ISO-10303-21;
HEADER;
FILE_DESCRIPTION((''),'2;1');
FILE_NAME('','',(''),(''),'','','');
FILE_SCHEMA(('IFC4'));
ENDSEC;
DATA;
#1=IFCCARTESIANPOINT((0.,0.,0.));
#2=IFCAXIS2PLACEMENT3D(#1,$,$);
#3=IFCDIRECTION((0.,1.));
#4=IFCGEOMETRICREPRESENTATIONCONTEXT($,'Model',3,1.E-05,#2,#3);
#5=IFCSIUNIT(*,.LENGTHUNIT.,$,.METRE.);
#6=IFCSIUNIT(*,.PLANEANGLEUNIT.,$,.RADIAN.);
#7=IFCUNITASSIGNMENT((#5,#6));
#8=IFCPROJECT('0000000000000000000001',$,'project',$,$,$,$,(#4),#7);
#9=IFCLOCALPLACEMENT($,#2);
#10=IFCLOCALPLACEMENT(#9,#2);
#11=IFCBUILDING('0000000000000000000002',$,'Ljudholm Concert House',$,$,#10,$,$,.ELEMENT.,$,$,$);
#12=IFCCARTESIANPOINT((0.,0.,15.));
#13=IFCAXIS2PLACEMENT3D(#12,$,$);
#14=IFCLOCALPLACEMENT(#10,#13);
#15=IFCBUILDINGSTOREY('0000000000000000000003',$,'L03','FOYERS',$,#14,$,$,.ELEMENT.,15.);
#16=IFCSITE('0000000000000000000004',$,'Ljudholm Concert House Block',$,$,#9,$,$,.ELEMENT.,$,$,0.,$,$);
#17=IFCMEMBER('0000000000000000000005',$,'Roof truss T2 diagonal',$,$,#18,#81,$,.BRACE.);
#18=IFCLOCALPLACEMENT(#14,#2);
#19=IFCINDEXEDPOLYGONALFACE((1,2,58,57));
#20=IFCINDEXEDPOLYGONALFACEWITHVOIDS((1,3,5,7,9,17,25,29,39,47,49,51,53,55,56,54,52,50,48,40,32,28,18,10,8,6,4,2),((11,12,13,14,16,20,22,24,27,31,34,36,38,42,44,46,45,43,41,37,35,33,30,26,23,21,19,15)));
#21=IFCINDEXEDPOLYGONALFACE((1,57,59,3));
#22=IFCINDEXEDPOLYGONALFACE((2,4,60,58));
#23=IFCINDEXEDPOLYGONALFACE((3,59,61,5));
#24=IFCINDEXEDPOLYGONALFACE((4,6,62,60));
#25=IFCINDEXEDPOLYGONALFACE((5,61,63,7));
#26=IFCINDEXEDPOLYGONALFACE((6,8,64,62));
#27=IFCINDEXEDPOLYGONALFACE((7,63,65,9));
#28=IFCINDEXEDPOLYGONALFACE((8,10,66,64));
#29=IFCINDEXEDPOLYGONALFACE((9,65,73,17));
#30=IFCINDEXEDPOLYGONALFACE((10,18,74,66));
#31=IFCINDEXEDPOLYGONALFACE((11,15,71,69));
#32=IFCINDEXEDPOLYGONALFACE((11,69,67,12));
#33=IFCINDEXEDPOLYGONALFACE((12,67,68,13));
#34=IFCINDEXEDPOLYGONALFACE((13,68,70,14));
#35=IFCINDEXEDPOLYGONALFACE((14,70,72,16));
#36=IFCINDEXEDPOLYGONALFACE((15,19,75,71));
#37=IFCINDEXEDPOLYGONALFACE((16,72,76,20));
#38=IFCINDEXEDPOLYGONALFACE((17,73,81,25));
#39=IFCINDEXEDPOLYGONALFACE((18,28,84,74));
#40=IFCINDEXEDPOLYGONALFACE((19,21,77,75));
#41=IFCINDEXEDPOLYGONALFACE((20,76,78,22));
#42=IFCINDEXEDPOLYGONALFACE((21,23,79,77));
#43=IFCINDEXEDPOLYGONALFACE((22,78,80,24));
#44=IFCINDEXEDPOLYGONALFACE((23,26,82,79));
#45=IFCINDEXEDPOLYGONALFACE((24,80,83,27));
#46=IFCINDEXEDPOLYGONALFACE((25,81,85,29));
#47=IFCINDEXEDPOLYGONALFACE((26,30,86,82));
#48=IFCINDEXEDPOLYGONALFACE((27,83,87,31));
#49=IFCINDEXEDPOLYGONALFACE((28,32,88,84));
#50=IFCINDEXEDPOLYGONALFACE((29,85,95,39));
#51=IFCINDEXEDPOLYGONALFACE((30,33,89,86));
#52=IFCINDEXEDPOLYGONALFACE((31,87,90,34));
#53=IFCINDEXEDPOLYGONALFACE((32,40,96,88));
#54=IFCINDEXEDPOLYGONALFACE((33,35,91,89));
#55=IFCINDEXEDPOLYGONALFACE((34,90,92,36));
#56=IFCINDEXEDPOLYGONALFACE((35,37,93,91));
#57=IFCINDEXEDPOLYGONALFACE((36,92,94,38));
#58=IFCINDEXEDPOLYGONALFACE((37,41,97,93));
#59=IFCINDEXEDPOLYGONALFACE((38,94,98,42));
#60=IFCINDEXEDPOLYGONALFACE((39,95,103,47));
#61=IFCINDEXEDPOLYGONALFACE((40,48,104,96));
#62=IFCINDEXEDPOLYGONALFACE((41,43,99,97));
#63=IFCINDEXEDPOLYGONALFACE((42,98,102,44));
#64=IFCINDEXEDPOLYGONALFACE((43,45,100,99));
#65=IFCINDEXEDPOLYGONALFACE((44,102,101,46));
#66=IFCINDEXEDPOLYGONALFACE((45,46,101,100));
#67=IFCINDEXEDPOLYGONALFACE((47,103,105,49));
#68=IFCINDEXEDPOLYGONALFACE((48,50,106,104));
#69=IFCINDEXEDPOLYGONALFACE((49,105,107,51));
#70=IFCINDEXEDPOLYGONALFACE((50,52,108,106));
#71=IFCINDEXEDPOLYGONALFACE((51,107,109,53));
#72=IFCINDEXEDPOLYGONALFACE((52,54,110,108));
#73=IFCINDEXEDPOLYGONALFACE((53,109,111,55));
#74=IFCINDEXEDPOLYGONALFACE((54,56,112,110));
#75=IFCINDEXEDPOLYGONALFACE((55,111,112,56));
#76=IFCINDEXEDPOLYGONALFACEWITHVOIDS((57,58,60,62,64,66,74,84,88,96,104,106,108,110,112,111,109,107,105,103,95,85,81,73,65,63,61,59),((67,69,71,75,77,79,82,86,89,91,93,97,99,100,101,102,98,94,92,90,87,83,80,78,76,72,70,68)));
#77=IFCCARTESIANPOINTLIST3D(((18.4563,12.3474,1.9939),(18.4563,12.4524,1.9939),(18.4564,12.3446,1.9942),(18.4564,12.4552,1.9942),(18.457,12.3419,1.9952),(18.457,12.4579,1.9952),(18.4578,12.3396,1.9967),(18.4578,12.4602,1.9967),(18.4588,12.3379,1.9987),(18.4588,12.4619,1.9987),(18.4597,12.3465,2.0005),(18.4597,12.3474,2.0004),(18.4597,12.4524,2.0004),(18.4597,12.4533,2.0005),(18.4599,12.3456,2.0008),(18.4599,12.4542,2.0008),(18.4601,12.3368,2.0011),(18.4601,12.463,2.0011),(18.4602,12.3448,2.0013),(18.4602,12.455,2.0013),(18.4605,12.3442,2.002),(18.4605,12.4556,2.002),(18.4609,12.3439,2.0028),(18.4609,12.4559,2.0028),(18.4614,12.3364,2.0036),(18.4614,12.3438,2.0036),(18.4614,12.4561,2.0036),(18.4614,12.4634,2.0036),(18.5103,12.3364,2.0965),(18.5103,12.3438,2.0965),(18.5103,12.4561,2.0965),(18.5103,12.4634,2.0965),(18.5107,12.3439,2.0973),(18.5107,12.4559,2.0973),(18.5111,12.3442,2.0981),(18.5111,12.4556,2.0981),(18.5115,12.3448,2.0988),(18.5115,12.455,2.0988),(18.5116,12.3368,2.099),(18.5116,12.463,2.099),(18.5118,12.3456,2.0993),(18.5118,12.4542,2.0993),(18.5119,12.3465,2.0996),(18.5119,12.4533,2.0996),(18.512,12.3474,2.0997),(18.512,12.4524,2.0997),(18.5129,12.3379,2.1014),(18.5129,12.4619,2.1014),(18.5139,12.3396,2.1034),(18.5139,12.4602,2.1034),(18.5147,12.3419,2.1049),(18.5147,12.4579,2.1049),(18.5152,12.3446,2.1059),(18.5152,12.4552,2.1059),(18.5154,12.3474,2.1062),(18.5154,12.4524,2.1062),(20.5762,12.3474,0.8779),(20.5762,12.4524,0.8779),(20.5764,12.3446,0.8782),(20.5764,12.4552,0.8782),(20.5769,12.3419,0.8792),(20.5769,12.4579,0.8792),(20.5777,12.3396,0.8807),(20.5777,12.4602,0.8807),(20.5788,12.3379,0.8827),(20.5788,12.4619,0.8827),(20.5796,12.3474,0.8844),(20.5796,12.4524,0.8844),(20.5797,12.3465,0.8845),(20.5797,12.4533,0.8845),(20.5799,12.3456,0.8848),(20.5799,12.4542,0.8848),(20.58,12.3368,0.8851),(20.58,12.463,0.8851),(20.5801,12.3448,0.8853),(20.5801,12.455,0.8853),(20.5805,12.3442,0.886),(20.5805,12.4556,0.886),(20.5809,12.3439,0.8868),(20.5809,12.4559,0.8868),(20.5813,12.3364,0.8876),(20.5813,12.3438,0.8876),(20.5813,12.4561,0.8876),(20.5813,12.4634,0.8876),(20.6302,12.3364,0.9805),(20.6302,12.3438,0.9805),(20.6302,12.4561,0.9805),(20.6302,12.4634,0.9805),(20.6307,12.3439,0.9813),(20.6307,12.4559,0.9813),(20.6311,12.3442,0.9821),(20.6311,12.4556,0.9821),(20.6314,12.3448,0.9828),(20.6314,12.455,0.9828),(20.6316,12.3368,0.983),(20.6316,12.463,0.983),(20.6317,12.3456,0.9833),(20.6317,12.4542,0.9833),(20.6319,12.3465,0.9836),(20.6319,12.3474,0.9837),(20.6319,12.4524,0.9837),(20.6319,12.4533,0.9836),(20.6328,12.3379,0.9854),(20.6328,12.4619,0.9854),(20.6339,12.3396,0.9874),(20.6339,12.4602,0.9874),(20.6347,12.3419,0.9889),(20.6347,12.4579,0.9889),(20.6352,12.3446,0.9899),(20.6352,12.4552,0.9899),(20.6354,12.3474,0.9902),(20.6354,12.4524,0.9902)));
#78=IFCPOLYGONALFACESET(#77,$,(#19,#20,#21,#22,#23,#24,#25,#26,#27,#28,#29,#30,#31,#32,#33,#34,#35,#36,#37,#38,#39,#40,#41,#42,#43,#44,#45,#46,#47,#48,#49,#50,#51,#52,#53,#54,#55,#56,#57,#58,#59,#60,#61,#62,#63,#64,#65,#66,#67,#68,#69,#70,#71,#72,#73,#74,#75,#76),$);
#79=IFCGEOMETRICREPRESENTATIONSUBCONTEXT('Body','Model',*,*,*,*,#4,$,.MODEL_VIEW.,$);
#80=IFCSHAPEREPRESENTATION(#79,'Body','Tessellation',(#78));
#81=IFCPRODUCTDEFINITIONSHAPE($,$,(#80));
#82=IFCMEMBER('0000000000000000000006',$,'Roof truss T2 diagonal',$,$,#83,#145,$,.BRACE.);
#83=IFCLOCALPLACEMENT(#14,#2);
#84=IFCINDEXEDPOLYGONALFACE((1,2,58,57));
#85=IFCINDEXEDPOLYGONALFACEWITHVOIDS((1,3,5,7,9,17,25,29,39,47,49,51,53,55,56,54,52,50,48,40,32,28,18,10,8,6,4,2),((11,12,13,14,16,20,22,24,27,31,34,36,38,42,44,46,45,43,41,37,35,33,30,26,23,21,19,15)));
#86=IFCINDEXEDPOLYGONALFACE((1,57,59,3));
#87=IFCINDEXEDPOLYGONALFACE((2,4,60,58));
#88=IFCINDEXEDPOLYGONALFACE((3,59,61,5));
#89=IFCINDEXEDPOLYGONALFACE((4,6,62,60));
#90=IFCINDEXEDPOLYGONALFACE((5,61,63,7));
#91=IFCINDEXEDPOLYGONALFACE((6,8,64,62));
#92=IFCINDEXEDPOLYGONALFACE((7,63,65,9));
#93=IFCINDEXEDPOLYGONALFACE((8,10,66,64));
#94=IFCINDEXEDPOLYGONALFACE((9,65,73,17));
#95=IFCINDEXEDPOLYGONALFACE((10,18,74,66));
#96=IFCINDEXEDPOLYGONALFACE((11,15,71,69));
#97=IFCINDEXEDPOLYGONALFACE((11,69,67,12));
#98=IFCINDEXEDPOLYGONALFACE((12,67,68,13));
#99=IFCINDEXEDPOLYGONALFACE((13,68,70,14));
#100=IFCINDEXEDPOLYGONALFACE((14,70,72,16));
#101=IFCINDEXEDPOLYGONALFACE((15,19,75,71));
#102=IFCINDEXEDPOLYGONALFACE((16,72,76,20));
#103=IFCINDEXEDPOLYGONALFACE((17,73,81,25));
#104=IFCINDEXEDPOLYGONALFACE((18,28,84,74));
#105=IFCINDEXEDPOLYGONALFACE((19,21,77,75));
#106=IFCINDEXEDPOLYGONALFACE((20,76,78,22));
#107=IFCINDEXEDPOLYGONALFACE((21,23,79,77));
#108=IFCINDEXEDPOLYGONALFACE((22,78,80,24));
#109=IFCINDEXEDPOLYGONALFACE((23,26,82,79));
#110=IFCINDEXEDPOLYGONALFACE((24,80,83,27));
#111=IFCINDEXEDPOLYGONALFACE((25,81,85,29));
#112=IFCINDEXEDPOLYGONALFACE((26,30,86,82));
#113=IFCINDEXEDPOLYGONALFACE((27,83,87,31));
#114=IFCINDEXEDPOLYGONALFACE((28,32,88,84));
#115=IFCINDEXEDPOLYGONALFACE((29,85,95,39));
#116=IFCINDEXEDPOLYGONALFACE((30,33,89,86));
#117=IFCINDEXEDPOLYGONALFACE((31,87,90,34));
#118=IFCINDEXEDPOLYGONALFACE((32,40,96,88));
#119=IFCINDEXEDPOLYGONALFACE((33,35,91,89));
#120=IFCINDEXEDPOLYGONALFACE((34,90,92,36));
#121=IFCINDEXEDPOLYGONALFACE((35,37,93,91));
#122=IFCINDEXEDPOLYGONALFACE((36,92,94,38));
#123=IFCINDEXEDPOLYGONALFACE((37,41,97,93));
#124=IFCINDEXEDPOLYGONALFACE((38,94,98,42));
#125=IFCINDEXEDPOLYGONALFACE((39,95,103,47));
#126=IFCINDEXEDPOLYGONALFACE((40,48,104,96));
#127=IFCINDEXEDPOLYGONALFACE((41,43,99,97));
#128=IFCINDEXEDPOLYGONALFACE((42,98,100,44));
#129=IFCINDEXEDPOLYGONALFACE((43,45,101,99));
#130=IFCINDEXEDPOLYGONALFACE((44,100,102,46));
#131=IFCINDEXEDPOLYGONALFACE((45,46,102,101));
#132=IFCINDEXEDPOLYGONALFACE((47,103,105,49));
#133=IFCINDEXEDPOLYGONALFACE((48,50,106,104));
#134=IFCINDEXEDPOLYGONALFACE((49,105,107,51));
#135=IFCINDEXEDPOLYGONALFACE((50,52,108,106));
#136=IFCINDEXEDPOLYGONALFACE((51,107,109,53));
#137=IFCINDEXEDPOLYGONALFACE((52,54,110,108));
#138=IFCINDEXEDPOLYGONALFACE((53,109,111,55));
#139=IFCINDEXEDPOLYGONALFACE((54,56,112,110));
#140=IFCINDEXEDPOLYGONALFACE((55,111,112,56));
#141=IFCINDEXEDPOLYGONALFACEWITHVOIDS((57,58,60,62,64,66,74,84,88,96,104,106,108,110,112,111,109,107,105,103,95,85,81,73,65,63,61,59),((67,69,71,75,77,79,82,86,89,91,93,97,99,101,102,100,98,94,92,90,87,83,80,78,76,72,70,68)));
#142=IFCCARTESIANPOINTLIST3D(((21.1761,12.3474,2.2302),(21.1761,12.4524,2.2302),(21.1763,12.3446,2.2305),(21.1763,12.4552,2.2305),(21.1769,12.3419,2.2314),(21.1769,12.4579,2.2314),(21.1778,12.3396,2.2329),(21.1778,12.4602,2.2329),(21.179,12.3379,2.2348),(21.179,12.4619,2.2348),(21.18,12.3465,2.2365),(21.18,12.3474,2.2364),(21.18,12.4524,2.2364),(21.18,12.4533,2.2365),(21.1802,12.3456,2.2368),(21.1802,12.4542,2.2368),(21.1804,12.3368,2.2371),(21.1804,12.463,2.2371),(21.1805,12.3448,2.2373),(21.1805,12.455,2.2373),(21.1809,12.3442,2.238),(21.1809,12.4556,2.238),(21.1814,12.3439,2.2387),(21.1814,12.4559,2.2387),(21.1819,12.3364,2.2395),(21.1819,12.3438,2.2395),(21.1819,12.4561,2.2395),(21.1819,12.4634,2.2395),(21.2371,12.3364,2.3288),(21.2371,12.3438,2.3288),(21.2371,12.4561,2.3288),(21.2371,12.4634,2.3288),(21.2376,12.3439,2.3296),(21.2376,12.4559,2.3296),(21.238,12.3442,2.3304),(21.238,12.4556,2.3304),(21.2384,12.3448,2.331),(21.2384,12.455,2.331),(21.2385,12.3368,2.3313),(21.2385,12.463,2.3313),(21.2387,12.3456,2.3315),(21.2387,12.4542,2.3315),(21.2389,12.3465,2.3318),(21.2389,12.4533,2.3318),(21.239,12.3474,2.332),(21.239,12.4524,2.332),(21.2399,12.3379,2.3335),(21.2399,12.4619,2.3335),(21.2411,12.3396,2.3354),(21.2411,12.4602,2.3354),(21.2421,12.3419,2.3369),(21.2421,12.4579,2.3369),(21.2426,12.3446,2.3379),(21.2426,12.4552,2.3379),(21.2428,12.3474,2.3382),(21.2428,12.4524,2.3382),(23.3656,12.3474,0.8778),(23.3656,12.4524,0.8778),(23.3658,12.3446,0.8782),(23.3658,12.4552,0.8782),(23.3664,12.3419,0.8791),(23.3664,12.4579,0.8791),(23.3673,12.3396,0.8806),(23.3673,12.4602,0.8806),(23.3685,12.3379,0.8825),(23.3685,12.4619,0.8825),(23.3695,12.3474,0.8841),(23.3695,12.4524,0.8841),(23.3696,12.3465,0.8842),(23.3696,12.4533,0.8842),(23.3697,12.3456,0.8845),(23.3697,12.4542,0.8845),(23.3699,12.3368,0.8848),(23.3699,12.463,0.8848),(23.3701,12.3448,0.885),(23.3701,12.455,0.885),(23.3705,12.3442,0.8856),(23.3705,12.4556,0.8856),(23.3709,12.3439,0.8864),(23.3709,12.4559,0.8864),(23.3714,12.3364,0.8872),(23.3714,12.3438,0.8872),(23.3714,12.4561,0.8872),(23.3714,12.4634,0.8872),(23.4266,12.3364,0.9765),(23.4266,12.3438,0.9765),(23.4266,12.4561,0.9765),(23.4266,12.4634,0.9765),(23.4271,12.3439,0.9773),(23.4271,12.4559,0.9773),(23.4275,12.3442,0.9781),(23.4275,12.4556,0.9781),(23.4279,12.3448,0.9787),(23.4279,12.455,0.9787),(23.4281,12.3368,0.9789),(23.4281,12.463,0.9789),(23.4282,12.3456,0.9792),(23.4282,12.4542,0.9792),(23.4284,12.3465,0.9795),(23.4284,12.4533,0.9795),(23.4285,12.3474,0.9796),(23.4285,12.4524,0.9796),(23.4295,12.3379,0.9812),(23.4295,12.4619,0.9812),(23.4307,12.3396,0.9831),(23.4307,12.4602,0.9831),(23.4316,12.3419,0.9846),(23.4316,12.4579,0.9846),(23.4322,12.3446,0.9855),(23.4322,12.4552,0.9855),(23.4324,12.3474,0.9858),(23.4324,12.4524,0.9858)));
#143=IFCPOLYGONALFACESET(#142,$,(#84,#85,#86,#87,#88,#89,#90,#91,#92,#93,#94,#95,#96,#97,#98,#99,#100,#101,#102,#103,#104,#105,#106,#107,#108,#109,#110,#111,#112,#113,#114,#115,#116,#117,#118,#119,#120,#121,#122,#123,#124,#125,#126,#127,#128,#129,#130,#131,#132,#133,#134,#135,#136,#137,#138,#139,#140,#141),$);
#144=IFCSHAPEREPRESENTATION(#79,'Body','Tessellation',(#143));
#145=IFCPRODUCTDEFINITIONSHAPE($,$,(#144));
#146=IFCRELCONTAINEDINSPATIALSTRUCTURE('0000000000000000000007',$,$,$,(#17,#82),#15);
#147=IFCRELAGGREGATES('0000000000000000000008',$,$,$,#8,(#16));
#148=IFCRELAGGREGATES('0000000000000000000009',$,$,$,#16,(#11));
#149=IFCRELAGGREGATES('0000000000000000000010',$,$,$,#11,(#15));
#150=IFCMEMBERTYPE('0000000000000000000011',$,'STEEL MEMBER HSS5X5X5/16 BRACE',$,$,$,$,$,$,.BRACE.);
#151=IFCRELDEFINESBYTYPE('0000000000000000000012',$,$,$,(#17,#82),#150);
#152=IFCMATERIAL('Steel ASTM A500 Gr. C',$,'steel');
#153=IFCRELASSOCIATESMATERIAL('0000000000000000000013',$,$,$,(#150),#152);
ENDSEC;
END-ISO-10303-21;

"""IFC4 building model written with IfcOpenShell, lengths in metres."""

from ifc_helpers import new_model, si_unit, direction, frame, origin, origin_2d, place, context, subcontext, project, spatial, hollow_rectangle, extrude, material, material_profile, profile_set, type_object, element, save


model = new_model("IFC4")

# Units and contexts
model_context = context("Model", 3, precision=1e-05, world=origin(), true_north=direction((0.0, 1.0)))
body_context = subcontext(model_context, "Body", "Model", "MODEL_VIEW")
ifc_project = project(units=[si_unit("LENGTHUNIT", "METRE"), si_unit("PLANEANGLEUNIT", "RADIAN")], contexts=[model_context])

# Site, building, storey
site_placement = place(None, origin())
site = spatial("IfcSite", under=ifc_project, at=site_placement, Name="Ljudholm Concert House Block", CompositionType="ELEMENT", RefElevation=0.0)
building_placement = place(site_placement, origin())
building = spatial("IfcBuilding", under=site, at=building_placement, Name="Ljudholm Concert House", CompositionType="ELEMENT")
storey_placement = place(building_placement, frame((0.0, 0.0, 15.0)))
storey = spatial("IfcBuildingStorey", under=building, at=storey_placement, Name="L03", Description="FOYERS", CompositionType="ELEMENT", Elevation=15.0)

# Members
ifc_material_1 = material(Name="Steel ASTM A500 Gr. C", Category="steel")
ifc_material_profile_1 = material_profile(ifc_material_1, hollow_rectangle(XDim=0.127, YDim=0.127, WallThickness=0.0073, InnerFilletRadius=0.0037, OuterFilletRadius=0.011, at=origin_2d()), Name="HSS5X5X5/16")
ifc_profile_set_1 = profile_set([ifc_material_profile_1], Name="Steel ASTM A500 Gr. C")
member_type_1 = type_object("IfcMemberType", Name="STEEL MEMBER HSS5X5X5/16 BRACE", PredefinedType="BRACE", material=ifc_profile_set_1)
member_1_placement = place(storey_placement, frame((18.4858, 12.3999, 2.05), z_axis=(0.884876, 0.0, -0.465826), x_axis=(0.0, 1.0, 0.0)))
element("IfcMember", 1, at=member_1_placement, inside=storey, type_object=member_type_1, Name="Roof truss T2 diagonal", PredefinedType="BRACE", context=body_context, shape_type="SweptSolid", body=[
    extrude(hollow_rectangle(XDim=0.127, YDim=0.127, WallThickness=0.0073, InnerFilletRadius=0.0037, OuterFilletRadius=0.011, at=origin_2d()), origin(), (0.0, 0.0, 1.0), 2.3958),
])
member_2_placement = place(storey_placement, frame((21.2095, 12.3999, 2.2842), z_axis=(0.8508, 0.0, -0.525489), x_axis=(0.0, 1.0, 0.0)))
element("IfcMember", 2, at=member_2_placement, inside=storey, type_object=member_type_1, Name="Roof truss T2 diagonal", PredefinedType="BRACE", context=body_context, shape_type="SweptSolid", body=[
    extrude(hollow_rectangle(XDim=0.127, YDim=0.127, WallThickness=0.0073, InnerFilletRadius=0.0037, OuterFilletRadius=0.011, at=origin_2d()), origin(), (0.0, 0.0, 1.0), 2.5735),
])

save(model, "model.ifc")
